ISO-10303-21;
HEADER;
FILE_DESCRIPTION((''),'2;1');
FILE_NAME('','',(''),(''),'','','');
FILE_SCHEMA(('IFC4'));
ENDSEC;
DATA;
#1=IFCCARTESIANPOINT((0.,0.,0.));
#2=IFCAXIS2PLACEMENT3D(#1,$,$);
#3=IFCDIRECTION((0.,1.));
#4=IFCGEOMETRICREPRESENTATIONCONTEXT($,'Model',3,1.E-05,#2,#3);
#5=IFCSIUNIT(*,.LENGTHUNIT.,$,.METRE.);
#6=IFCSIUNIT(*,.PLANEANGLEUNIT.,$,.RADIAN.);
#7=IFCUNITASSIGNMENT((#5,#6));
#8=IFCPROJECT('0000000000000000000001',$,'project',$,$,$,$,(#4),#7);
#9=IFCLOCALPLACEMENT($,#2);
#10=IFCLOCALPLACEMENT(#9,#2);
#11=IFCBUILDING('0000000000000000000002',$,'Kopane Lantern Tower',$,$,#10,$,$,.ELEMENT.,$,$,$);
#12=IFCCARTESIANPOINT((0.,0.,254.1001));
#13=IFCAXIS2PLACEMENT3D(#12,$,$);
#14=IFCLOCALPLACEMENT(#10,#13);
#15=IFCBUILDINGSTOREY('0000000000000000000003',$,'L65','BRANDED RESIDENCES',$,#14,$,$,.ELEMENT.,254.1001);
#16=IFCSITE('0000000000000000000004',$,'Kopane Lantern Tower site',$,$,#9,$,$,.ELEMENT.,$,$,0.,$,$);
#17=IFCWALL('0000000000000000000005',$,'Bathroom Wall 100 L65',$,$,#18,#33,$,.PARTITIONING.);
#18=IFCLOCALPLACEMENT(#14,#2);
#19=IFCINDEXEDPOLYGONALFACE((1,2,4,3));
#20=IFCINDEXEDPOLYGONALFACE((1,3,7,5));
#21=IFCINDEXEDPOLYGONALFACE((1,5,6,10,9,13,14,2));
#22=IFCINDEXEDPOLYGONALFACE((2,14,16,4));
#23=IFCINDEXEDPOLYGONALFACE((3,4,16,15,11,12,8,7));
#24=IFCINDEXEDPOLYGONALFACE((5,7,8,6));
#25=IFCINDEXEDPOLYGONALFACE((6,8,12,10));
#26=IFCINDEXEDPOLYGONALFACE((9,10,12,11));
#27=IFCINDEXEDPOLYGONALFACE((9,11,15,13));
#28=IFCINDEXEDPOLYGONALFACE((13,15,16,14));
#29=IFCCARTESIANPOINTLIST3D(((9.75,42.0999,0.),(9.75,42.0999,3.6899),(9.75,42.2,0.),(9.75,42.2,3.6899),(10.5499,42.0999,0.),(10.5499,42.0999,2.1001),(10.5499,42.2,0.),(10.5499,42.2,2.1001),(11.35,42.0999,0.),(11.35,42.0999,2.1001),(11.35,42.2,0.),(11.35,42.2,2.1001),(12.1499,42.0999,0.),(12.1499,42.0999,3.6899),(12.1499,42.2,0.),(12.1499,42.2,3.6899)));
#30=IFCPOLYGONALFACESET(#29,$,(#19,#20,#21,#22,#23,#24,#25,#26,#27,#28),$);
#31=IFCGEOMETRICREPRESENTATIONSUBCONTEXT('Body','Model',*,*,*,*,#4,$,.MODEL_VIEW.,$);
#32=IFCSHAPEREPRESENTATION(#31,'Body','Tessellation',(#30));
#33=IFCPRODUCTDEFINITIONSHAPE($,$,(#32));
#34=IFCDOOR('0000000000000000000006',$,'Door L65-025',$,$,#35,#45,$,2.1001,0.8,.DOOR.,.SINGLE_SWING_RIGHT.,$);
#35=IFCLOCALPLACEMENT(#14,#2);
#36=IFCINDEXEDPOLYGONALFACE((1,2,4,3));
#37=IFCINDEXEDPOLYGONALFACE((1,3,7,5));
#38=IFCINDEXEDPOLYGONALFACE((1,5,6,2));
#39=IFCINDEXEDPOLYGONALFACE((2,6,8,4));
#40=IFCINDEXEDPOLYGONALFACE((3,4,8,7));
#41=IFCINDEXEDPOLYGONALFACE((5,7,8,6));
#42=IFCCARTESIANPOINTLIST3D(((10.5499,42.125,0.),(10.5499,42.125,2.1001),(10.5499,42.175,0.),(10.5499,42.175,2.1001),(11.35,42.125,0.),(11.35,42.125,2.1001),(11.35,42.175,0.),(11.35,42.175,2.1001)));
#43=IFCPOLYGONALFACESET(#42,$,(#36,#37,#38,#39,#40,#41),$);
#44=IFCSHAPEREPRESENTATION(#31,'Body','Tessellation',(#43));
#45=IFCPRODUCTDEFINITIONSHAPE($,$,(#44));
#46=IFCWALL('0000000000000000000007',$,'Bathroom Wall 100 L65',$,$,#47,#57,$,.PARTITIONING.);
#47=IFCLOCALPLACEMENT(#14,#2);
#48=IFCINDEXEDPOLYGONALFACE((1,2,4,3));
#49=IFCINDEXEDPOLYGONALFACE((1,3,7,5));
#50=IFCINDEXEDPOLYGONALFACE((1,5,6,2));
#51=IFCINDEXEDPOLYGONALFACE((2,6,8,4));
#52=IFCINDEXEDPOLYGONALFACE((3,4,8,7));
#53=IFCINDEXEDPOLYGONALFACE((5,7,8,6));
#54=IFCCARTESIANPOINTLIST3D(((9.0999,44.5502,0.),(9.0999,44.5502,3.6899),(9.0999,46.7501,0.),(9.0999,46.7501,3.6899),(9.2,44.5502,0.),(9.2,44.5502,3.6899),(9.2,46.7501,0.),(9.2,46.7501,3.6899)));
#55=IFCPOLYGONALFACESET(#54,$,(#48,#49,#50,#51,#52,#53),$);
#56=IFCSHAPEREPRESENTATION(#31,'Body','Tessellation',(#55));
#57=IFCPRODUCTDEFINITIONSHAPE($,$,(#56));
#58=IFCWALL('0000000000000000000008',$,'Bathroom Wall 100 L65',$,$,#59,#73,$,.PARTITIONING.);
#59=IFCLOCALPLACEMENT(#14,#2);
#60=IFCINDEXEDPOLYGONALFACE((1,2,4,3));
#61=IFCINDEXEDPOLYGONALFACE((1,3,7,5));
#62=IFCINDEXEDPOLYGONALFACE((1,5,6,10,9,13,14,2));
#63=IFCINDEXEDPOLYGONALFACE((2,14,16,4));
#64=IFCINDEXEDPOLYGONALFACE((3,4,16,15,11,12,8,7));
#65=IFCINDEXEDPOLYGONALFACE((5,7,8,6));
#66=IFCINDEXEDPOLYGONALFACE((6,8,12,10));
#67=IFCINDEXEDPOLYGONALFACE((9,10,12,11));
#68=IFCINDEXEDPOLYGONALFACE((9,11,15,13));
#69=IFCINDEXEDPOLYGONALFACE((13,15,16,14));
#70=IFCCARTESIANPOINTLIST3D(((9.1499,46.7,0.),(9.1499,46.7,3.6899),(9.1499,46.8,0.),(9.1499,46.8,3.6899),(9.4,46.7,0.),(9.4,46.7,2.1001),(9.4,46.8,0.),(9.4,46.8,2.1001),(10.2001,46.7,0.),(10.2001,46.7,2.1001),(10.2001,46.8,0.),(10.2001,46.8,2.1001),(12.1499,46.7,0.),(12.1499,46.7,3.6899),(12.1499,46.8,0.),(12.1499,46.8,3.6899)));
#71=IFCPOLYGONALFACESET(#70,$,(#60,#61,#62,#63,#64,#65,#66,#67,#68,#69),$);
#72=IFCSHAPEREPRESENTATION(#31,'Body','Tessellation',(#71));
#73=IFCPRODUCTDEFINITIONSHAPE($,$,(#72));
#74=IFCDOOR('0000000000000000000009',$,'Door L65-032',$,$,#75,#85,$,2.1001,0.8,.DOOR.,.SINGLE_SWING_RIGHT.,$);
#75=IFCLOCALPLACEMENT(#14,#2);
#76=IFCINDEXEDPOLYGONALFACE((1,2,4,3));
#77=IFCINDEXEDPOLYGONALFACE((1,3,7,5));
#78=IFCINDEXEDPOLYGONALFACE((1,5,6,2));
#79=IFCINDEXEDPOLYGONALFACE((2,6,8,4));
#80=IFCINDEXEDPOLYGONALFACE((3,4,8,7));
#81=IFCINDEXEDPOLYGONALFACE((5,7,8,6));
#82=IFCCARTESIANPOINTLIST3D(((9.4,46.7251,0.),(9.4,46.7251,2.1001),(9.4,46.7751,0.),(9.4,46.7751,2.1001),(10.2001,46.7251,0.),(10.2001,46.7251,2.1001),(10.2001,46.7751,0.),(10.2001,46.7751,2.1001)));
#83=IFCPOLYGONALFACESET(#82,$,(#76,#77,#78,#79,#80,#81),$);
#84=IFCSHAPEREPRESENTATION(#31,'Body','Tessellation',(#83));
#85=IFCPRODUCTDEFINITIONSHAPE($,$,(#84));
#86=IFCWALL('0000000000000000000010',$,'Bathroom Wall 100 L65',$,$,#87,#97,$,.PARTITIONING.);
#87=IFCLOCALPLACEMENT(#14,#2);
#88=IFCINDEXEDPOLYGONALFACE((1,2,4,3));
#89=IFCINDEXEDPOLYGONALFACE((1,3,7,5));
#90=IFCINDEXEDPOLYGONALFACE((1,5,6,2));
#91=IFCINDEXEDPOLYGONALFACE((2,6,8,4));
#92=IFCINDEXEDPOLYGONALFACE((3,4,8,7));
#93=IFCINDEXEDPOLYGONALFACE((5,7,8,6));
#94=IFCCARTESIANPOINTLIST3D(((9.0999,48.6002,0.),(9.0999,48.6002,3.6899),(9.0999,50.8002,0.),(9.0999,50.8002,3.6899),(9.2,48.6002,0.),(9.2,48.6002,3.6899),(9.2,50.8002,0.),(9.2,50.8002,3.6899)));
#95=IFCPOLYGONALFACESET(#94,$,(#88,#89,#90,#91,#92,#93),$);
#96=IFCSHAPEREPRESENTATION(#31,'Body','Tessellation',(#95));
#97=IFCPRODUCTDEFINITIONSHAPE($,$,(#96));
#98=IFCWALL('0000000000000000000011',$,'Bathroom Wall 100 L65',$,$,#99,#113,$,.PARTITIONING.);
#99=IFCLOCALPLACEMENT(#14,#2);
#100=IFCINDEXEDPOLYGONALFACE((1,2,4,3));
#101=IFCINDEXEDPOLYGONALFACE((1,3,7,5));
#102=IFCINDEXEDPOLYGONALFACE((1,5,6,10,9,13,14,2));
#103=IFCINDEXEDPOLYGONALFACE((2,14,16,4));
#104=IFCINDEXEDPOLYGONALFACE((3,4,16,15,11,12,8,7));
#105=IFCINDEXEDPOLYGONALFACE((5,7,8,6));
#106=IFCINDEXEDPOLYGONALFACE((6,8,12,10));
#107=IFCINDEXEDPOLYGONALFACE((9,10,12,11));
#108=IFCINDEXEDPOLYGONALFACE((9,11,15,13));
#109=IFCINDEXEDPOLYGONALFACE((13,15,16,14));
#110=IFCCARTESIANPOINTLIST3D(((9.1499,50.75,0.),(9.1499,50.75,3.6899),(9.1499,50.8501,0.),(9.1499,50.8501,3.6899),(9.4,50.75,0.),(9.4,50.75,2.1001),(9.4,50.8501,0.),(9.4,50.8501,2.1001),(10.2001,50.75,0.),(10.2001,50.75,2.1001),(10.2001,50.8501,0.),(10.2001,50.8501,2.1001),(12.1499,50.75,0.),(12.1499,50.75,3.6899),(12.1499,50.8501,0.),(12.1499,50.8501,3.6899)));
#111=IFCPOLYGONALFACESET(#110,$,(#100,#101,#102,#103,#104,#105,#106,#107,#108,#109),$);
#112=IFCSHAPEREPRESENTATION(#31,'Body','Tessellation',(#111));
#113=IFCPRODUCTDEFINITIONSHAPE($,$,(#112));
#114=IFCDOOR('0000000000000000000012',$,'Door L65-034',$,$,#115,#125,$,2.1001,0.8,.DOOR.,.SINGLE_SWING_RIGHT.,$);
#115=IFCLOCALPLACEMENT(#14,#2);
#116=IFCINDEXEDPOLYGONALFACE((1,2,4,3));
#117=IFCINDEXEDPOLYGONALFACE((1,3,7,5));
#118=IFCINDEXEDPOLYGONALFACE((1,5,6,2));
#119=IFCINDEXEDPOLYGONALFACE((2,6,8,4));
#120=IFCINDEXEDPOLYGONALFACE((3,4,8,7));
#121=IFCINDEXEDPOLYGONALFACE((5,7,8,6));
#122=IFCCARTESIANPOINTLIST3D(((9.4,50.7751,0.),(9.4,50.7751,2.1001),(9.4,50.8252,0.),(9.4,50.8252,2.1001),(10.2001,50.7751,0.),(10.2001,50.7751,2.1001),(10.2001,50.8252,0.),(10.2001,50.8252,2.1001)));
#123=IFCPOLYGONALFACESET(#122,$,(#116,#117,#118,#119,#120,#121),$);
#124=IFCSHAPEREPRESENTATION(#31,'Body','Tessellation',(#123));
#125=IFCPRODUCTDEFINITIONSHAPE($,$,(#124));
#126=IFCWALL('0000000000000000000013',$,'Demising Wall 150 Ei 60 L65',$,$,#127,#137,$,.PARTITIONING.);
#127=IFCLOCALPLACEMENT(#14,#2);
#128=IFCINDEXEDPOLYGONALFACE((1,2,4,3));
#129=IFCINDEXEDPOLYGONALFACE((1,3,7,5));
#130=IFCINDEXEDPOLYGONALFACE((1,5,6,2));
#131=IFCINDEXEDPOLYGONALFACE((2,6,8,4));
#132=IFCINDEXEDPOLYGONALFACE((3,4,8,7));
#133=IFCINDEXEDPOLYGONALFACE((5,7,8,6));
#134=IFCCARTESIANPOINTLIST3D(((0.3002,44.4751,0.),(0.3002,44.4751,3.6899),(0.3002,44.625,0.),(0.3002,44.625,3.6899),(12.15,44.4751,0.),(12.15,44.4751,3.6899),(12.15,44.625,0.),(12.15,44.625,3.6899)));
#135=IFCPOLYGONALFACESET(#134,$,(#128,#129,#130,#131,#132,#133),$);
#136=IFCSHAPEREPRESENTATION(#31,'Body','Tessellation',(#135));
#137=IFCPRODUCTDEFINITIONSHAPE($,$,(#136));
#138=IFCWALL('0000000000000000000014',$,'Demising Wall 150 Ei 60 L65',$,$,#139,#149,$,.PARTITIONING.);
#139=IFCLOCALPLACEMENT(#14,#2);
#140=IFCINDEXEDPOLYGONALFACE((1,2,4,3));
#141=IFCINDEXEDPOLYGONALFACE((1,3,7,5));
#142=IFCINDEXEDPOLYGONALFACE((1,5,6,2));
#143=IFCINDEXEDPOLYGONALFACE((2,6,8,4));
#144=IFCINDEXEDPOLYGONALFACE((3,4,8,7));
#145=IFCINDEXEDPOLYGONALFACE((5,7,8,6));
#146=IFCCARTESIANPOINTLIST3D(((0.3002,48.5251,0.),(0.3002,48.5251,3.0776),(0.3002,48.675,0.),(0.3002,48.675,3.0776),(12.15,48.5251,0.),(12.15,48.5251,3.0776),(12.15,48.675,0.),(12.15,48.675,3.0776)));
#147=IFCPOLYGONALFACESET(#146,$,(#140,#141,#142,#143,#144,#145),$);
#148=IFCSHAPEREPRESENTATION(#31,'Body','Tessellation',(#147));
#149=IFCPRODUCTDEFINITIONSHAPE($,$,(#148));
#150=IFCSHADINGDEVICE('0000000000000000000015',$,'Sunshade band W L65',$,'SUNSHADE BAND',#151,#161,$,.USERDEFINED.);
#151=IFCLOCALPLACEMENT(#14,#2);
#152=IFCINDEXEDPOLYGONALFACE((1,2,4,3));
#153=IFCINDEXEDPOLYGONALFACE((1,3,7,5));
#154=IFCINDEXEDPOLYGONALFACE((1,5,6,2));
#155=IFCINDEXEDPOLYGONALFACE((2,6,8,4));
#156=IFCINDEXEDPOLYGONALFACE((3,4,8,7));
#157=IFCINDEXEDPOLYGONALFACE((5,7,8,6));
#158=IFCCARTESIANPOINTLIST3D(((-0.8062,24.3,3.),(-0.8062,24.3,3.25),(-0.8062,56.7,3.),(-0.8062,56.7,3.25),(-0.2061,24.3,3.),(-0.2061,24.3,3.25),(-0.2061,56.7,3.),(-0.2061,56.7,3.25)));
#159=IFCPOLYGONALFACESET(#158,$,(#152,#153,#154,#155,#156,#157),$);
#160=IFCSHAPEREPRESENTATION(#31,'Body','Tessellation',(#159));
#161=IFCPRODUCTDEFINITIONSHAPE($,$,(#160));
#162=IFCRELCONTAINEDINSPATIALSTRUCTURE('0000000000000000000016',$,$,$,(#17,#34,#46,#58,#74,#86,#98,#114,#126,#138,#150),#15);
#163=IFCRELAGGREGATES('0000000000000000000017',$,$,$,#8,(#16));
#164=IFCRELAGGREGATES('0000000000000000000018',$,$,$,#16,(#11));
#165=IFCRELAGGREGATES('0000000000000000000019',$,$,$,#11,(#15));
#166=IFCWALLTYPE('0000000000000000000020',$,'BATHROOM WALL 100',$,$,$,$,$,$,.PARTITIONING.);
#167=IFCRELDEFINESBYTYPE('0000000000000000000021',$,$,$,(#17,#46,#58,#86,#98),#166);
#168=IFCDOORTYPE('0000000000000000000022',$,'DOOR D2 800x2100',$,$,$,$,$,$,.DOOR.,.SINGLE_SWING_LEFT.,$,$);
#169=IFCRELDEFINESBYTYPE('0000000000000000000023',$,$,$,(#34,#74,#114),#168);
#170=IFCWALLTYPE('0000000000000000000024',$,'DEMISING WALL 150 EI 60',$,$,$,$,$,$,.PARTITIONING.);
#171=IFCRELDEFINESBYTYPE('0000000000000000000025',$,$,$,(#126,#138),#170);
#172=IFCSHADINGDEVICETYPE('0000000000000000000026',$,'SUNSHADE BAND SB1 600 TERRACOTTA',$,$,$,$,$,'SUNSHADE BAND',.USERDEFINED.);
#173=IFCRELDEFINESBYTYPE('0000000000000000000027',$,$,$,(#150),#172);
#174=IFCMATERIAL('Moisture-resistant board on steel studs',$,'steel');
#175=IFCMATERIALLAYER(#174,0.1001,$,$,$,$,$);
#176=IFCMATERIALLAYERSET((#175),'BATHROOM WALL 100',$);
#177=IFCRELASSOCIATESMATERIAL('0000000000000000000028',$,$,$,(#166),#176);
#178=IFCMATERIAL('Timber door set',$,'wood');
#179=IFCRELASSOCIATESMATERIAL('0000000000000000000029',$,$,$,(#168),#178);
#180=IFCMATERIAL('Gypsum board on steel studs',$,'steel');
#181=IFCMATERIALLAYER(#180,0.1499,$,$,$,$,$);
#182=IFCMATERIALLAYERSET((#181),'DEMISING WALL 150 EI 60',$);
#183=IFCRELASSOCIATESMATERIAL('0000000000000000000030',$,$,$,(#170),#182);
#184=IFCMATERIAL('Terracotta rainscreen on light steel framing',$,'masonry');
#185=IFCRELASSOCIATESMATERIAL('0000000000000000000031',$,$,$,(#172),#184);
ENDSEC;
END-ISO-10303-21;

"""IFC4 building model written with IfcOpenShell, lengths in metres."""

from ifc_helpers import new_model, si_unit, direction, frame, frame_2d, origin, origin_2d, place, context, subcontext, project, spatial, rectangle, extrude, material, layer, layer_set, type_object, element, fill, save


model = new_model("IFC4")

# Units and contexts
model_context = context("Model", 3, precision=1e-05, world=origin(), true_north=direction((0.0, 1.0)))
body_context = subcontext(model_context, "Body", "Model", "MODEL_VIEW")
ifc_project = project(units=[si_unit("LENGTHUNIT", "METRE"), si_unit("PLANEANGLEUNIT", "RADIAN")], contexts=[model_context])

# Site, building, storey
site_placement = place(None, origin())
site = spatial("IfcSite", under=ifc_project, at=site_placement, Name="Kopane Lantern Tower site", CompositionType="ELEMENT", RefElevation=0.0)
building_placement = place(site_placement, origin())
building = spatial("IfcBuilding", under=site, at=building_placement, Name="Kopane Lantern Tower", CompositionType="ELEMENT")
storey_placement = place(building_placement, frame((0.0, 0.0, 254.1001)))
storey = spatial("IfcBuildingStorey", under=building, at=storey_placement, Name="L65", Description="BRANDED RESIDENCES", CompositionType="ELEMENT", Elevation=254.1001)

# Wall, opening, door
ifc_material_1 = material(Name="Moisture-resistant board on steel studs", Category="steel")
ifc_layer_1 = layer(ifc_material_1, 0.1001)
ifc_layer_set_1 = layer_set([ifc_layer_1], Name="BATHROOM WALL 100")
wall_type_1 = type_object("IfcWallType", Name="BATHROOM WALL 100", PredefinedType="PARTITIONING", material=ifc_layer_set_1)
wall_1_placement = place(storey_placement, frame((12.1499, 42.1499, 0.0), z_axis=(0.0, 0.0, 1.0), x_axis=(-1.0, 0.0, 0.0)))
wall_1 = element("IfcWall", 1, at=wall_1_placement, inside=storey, type_object=wall_type_1, Name="Bathroom Wall 100 L65", PredefinedType="PARTITIONING", context=body_context, shape_type="SweptSolid", body=[
    extrude(rectangle(XDim=2.3999, YDim=0.1001, at=frame_2d((1.2, 0.0))), origin(), (0.0, 0.0, 1.0), 3.6899),
])
opening_1_placement = place(wall_1_placement, frame((0.8, 0.0, 0.0)))
opening_1 = element("IfcOpeningElement", 2, at=opening_1_placement, cuts=wall_1, PredefinedType="OPENING", context=body_context, shape_type="SweptSolid", body=[
    extrude(rectangle(XDim=0.8, YDim=2.1001, at=frame_2d((0.3999, 1.05))), frame((0.0, 0.0601, 0.0), z_axis=(0.0, -1.0, 0.0), x_axis=(1.0, 0.0, 0.0)), (0.0, 0.0, 1.0), 0.1201),
])
ifc_material_2 = material(Name="Timber door set", Category="wood")
door_type = type_object("IfcDoorType", Name="DOOR D2 800x2100", OperationType="SINGLE_SWING_LEFT", PredefinedType="DOOR", material=ifc_material_2)
door_1_placement = place(opening_1_placement, origin())
door_1 = element("IfcDoor", 3, at=door_1_placement, inside=storey, type_object=door_type, Name="Door L65-025", OperationType="SINGLE_SWING_RIGHT", OverallHeight=2.1001, OverallWidth=0.8, PredefinedType="DOOR", context=body_context, shape_type="SweptSolid", body=[
    extrude(rectangle(XDim=0.8, YDim=2.1001, at=frame_2d((0.3999, 1.05))), frame((0.0, 0.0249, 0.0), z_axis=(0.0, -1.0, 0.0), x_axis=(1.0, 0.0, 0.0)), (0.0, 0.0, 1.0), 0.05),
])
fill(opening_1, door_1)

# Wall
wall_2_placement = place(storey_placement, frame((9.1499, 44.55, 0.0), z_axis=(0.0, 0.0, 1.0), x_axis=(0.0, 1.0, 0.0)))
element("IfcWall", 4, at=wall_2_placement, inside=storey, type_object=wall_type_1, Name="Bathroom Wall 100 L65", PredefinedType="PARTITIONING", context=body_context, shape_type="SweptSolid", body=[
    extrude(rectangle(XDim=2.2, YDim=0.1001, at=frame_2d((1.1001, 0.0))), origin(), (0.0, 0.0, 1.0), 3.6899),
])

# Wall, opening, door
wall_3_placement = place(storey_placement, frame((12.1499, 46.75, 0.0), z_axis=(0.0, 0.0, 1.0), x_axis=(-1.0, 0.0, 0.0)))
wall_3 = element("IfcWall", 5, at=wall_3_placement, inside=storey, type_object=wall_type_1, Name="Bathroom Wall 100 L65", PredefinedType="PARTITIONING", context=body_context, shape_type="SweptSolid", body=[
    extrude(rectangle(XDim=3.0, YDim=0.1001, at=frame_2d((1.5, 0.0))), origin(), (0.0, 0.0, 1.0), 3.6899),
])
opening_2_placement = place(wall_3_placement, frame((1.95, 0.0, 0.0)))
opening_2 = element("IfcOpeningElement", 6, at=opening_2_placement, cuts=wall_3, PredefinedType="OPENING", context=body_context, shape_type="SweptSolid", body=[
    extrude(rectangle(XDim=0.8, YDim=2.1001, at=frame_2d((0.3999, 1.05))), frame((0.0, 0.0601, 0.0), z_axis=(0.0, -1.0, 0.0), x_axis=(1.0, 0.0, 0.0)), (0.0, 0.0, 1.0), 0.1201),
])
door_2_placement = place(opening_2_placement, origin())
door_2 = element("IfcDoor", 7, at=door_2_placement, inside=storey, type_object=door_type, Name="Door L65-032", OperationType="SINGLE_SWING_RIGHT", OverallHeight=2.1001, OverallWidth=0.8, PredefinedType="DOOR", context=body_context, shape_type="SweptSolid", body=[
    extrude(rectangle(XDim=0.8, YDim=2.1001, at=frame_2d((0.3999, 1.05))), frame((0.0, 0.0249, 0.0), z_axis=(0.0, -1.0, 0.0), x_axis=(1.0, 0.0, 0.0)), (0.0, 0.0, 1.0), 0.05),
])
fill(opening_2, door_2)

# Wall
wall_4_placement = place(storey_placement, frame((9.1499, 48.6001, 0.0), z_axis=(0.0, 0.0, 1.0), x_axis=(0.0, 1.0, 0.0)))
element("IfcWall", 8, at=wall_4_placement, inside=storey, type_object=wall_type_1, Name="Bathroom Wall 100 L65", PredefinedType="PARTITIONING", context=body_context, shape_type="SweptSolid", body=[
    extrude(rectangle(XDim=2.2, YDim=0.1001, at=frame_2d((1.1001, 0.0))), origin(), (0.0, 0.0, 1.0), 3.6899),
])

# Wall, opening, door
wall_5_placement = place(storey_placement, frame((12.1499, 50.8, 0.0), z_axis=(0.0, 0.0, 1.0), x_axis=(-1.0, 0.0, 0.0)))
wall_5 = element("IfcWall", 9, at=wall_5_placement, inside=storey, type_object=wall_type_1, Name="Bathroom Wall 100 L65", PredefinedType="PARTITIONING", context=body_context, shape_type="SweptSolid", body=[
    extrude(rectangle(XDim=3.0, YDim=0.1001, at=frame_2d((1.5, 0.0))), origin(), (0.0, 0.0, 1.0), 3.6899),
])
opening_3_placement = place(wall_5_placement, frame((1.95, 0.0, 0.0)))
opening_3 = element("IfcOpeningElement", 10, at=opening_3_placement, cuts=wall_5, PredefinedType="OPENING", context=body_context, shape_type="SweptSolid", body=[
    extrude(rectangle(XDim=0.8, YDim=2.1001, at=frame_2d((0.3999, 1.05))), frame((0.0, 0.0601, 0.0), z_axis=(0.0, -1.0, 0.0), x_axis=(1.0, 0.0, 0.0)), (0.0, 0.0, 1.0), 0.1201),
])
door_3_placement = place(opening_3_placement, origin())
door_3 = element("IfcDoor", 11, at=door_3_placement, inside=storey, type_object=door_type, Name="Door L65-034", OperationType="SINGLE_SWING_RIGHT", OverallHeight=2.1001, OverallWidth=0.8, PredefinedType="DOOR", context=body_context, shape_type="SweptSolid", body=[
    extrude(rectangle(XDim=0.8, YDim=2.1001, at=frame_2d((0.3999, 1.05))), frame((0.0, 0.0249, 0.0), z_axis=(0.0, -1.0, 0.0), x_axis=(1.0, 0.0, 0.0)), (0.0, 0.0, 1.0), 0.05),
])
fill(opening_3, door_3)

# Walls
ifc_material_3 = material(Name="Gypsum board on steel studs", Category="steel")
ifc_layer_2 = layer(ifc_material_3, 0.1499)
ifc_layer_set_2 = layer_set([ifc_layer_2], Name="DEMISING WALL 150 EI 60")
wall_type_2 = type_object("IfcWallType", Name="DEMISING WALL 150 EI 60", PredefinedType="PARTITIONING", material=ifc_layer_set_2)
wall_6_placement = place(storey_placement, frame((12.1499, 44.55, 0.0), z_axis=(0.0, 0.0, 1.0), x_axis=(-1.0, 0.0, 0.0)))
element("IfcWall", 12, at=wall_6_placement, inside=storey, type_object=wall_type_2, Name="Demising Wall 150 Ei 60 L65", PredefinedType="PARTITIONING", context=body_context, shape_type="SweptSolid", body=[
    extrude(rectangle(XDim=11.8499, YDim=0.1499, at=frame_2d((5.9248, 0.0))), origin(), (0.0, 0.0, 1.0), 3.6899),
])
wall_7_placement = place(storey_placement, frame((12.1499, 48.6001, 0.0), z_axis=(0.0, 0.0, 1.0), x_axis=(-1.0, 0.0, 0.0)))
element("IfcWall", 13, at=wall_7_placement, inside=storey, type_object=wall_type_2, Name="Demising Wall 150 Ei 60 L65", PredefinedType="PARTITIONING", context=body_context, shape_type="SweptSolid", body=[
    extrude(rectangle(XDim=11.8499, YDim=0.1499, at=frame_2d((5.9248, 0.0))), origin(), (0.0, 0.0, 1.0), 3.0776),
])

# Shading device
ifc_material_4 = material(Name="Terracotta rainscreen on light steel framing", Category="masonry")
shading_device_type = type_object("IfcShadingDeviceType", Name="SUNSHADE BAND SB1 600 TERRACOTTA", ElementType="SUNSHADE BAND", PredefinedType="USERDEFINED", material=ifc_material_4)
shading_device_placement = place(storey_placement, frame((-0.5061, 40.5, 3.0), z_axis=(0.0, 0.0, 1.0), x_axis=(0.0, -1.0, 0.0)))
element("IfcShadingDevice", 14, at=shading_device_placement, inside=storey, type_object=shading_device_type, Name="Sunshade band W L65", ObjectType="SUNSHADE BAND", PredefinedType="USERDEFINED", context=body_context, shape_type="SweptSolid", body=[
    extrude(rectangle(XDim=32.3999, YDim=0.6001, at=origin_2d()), origin(), (0.0, 0.0, 1.0), 0.25),
])

save(model, "model.ifc")
